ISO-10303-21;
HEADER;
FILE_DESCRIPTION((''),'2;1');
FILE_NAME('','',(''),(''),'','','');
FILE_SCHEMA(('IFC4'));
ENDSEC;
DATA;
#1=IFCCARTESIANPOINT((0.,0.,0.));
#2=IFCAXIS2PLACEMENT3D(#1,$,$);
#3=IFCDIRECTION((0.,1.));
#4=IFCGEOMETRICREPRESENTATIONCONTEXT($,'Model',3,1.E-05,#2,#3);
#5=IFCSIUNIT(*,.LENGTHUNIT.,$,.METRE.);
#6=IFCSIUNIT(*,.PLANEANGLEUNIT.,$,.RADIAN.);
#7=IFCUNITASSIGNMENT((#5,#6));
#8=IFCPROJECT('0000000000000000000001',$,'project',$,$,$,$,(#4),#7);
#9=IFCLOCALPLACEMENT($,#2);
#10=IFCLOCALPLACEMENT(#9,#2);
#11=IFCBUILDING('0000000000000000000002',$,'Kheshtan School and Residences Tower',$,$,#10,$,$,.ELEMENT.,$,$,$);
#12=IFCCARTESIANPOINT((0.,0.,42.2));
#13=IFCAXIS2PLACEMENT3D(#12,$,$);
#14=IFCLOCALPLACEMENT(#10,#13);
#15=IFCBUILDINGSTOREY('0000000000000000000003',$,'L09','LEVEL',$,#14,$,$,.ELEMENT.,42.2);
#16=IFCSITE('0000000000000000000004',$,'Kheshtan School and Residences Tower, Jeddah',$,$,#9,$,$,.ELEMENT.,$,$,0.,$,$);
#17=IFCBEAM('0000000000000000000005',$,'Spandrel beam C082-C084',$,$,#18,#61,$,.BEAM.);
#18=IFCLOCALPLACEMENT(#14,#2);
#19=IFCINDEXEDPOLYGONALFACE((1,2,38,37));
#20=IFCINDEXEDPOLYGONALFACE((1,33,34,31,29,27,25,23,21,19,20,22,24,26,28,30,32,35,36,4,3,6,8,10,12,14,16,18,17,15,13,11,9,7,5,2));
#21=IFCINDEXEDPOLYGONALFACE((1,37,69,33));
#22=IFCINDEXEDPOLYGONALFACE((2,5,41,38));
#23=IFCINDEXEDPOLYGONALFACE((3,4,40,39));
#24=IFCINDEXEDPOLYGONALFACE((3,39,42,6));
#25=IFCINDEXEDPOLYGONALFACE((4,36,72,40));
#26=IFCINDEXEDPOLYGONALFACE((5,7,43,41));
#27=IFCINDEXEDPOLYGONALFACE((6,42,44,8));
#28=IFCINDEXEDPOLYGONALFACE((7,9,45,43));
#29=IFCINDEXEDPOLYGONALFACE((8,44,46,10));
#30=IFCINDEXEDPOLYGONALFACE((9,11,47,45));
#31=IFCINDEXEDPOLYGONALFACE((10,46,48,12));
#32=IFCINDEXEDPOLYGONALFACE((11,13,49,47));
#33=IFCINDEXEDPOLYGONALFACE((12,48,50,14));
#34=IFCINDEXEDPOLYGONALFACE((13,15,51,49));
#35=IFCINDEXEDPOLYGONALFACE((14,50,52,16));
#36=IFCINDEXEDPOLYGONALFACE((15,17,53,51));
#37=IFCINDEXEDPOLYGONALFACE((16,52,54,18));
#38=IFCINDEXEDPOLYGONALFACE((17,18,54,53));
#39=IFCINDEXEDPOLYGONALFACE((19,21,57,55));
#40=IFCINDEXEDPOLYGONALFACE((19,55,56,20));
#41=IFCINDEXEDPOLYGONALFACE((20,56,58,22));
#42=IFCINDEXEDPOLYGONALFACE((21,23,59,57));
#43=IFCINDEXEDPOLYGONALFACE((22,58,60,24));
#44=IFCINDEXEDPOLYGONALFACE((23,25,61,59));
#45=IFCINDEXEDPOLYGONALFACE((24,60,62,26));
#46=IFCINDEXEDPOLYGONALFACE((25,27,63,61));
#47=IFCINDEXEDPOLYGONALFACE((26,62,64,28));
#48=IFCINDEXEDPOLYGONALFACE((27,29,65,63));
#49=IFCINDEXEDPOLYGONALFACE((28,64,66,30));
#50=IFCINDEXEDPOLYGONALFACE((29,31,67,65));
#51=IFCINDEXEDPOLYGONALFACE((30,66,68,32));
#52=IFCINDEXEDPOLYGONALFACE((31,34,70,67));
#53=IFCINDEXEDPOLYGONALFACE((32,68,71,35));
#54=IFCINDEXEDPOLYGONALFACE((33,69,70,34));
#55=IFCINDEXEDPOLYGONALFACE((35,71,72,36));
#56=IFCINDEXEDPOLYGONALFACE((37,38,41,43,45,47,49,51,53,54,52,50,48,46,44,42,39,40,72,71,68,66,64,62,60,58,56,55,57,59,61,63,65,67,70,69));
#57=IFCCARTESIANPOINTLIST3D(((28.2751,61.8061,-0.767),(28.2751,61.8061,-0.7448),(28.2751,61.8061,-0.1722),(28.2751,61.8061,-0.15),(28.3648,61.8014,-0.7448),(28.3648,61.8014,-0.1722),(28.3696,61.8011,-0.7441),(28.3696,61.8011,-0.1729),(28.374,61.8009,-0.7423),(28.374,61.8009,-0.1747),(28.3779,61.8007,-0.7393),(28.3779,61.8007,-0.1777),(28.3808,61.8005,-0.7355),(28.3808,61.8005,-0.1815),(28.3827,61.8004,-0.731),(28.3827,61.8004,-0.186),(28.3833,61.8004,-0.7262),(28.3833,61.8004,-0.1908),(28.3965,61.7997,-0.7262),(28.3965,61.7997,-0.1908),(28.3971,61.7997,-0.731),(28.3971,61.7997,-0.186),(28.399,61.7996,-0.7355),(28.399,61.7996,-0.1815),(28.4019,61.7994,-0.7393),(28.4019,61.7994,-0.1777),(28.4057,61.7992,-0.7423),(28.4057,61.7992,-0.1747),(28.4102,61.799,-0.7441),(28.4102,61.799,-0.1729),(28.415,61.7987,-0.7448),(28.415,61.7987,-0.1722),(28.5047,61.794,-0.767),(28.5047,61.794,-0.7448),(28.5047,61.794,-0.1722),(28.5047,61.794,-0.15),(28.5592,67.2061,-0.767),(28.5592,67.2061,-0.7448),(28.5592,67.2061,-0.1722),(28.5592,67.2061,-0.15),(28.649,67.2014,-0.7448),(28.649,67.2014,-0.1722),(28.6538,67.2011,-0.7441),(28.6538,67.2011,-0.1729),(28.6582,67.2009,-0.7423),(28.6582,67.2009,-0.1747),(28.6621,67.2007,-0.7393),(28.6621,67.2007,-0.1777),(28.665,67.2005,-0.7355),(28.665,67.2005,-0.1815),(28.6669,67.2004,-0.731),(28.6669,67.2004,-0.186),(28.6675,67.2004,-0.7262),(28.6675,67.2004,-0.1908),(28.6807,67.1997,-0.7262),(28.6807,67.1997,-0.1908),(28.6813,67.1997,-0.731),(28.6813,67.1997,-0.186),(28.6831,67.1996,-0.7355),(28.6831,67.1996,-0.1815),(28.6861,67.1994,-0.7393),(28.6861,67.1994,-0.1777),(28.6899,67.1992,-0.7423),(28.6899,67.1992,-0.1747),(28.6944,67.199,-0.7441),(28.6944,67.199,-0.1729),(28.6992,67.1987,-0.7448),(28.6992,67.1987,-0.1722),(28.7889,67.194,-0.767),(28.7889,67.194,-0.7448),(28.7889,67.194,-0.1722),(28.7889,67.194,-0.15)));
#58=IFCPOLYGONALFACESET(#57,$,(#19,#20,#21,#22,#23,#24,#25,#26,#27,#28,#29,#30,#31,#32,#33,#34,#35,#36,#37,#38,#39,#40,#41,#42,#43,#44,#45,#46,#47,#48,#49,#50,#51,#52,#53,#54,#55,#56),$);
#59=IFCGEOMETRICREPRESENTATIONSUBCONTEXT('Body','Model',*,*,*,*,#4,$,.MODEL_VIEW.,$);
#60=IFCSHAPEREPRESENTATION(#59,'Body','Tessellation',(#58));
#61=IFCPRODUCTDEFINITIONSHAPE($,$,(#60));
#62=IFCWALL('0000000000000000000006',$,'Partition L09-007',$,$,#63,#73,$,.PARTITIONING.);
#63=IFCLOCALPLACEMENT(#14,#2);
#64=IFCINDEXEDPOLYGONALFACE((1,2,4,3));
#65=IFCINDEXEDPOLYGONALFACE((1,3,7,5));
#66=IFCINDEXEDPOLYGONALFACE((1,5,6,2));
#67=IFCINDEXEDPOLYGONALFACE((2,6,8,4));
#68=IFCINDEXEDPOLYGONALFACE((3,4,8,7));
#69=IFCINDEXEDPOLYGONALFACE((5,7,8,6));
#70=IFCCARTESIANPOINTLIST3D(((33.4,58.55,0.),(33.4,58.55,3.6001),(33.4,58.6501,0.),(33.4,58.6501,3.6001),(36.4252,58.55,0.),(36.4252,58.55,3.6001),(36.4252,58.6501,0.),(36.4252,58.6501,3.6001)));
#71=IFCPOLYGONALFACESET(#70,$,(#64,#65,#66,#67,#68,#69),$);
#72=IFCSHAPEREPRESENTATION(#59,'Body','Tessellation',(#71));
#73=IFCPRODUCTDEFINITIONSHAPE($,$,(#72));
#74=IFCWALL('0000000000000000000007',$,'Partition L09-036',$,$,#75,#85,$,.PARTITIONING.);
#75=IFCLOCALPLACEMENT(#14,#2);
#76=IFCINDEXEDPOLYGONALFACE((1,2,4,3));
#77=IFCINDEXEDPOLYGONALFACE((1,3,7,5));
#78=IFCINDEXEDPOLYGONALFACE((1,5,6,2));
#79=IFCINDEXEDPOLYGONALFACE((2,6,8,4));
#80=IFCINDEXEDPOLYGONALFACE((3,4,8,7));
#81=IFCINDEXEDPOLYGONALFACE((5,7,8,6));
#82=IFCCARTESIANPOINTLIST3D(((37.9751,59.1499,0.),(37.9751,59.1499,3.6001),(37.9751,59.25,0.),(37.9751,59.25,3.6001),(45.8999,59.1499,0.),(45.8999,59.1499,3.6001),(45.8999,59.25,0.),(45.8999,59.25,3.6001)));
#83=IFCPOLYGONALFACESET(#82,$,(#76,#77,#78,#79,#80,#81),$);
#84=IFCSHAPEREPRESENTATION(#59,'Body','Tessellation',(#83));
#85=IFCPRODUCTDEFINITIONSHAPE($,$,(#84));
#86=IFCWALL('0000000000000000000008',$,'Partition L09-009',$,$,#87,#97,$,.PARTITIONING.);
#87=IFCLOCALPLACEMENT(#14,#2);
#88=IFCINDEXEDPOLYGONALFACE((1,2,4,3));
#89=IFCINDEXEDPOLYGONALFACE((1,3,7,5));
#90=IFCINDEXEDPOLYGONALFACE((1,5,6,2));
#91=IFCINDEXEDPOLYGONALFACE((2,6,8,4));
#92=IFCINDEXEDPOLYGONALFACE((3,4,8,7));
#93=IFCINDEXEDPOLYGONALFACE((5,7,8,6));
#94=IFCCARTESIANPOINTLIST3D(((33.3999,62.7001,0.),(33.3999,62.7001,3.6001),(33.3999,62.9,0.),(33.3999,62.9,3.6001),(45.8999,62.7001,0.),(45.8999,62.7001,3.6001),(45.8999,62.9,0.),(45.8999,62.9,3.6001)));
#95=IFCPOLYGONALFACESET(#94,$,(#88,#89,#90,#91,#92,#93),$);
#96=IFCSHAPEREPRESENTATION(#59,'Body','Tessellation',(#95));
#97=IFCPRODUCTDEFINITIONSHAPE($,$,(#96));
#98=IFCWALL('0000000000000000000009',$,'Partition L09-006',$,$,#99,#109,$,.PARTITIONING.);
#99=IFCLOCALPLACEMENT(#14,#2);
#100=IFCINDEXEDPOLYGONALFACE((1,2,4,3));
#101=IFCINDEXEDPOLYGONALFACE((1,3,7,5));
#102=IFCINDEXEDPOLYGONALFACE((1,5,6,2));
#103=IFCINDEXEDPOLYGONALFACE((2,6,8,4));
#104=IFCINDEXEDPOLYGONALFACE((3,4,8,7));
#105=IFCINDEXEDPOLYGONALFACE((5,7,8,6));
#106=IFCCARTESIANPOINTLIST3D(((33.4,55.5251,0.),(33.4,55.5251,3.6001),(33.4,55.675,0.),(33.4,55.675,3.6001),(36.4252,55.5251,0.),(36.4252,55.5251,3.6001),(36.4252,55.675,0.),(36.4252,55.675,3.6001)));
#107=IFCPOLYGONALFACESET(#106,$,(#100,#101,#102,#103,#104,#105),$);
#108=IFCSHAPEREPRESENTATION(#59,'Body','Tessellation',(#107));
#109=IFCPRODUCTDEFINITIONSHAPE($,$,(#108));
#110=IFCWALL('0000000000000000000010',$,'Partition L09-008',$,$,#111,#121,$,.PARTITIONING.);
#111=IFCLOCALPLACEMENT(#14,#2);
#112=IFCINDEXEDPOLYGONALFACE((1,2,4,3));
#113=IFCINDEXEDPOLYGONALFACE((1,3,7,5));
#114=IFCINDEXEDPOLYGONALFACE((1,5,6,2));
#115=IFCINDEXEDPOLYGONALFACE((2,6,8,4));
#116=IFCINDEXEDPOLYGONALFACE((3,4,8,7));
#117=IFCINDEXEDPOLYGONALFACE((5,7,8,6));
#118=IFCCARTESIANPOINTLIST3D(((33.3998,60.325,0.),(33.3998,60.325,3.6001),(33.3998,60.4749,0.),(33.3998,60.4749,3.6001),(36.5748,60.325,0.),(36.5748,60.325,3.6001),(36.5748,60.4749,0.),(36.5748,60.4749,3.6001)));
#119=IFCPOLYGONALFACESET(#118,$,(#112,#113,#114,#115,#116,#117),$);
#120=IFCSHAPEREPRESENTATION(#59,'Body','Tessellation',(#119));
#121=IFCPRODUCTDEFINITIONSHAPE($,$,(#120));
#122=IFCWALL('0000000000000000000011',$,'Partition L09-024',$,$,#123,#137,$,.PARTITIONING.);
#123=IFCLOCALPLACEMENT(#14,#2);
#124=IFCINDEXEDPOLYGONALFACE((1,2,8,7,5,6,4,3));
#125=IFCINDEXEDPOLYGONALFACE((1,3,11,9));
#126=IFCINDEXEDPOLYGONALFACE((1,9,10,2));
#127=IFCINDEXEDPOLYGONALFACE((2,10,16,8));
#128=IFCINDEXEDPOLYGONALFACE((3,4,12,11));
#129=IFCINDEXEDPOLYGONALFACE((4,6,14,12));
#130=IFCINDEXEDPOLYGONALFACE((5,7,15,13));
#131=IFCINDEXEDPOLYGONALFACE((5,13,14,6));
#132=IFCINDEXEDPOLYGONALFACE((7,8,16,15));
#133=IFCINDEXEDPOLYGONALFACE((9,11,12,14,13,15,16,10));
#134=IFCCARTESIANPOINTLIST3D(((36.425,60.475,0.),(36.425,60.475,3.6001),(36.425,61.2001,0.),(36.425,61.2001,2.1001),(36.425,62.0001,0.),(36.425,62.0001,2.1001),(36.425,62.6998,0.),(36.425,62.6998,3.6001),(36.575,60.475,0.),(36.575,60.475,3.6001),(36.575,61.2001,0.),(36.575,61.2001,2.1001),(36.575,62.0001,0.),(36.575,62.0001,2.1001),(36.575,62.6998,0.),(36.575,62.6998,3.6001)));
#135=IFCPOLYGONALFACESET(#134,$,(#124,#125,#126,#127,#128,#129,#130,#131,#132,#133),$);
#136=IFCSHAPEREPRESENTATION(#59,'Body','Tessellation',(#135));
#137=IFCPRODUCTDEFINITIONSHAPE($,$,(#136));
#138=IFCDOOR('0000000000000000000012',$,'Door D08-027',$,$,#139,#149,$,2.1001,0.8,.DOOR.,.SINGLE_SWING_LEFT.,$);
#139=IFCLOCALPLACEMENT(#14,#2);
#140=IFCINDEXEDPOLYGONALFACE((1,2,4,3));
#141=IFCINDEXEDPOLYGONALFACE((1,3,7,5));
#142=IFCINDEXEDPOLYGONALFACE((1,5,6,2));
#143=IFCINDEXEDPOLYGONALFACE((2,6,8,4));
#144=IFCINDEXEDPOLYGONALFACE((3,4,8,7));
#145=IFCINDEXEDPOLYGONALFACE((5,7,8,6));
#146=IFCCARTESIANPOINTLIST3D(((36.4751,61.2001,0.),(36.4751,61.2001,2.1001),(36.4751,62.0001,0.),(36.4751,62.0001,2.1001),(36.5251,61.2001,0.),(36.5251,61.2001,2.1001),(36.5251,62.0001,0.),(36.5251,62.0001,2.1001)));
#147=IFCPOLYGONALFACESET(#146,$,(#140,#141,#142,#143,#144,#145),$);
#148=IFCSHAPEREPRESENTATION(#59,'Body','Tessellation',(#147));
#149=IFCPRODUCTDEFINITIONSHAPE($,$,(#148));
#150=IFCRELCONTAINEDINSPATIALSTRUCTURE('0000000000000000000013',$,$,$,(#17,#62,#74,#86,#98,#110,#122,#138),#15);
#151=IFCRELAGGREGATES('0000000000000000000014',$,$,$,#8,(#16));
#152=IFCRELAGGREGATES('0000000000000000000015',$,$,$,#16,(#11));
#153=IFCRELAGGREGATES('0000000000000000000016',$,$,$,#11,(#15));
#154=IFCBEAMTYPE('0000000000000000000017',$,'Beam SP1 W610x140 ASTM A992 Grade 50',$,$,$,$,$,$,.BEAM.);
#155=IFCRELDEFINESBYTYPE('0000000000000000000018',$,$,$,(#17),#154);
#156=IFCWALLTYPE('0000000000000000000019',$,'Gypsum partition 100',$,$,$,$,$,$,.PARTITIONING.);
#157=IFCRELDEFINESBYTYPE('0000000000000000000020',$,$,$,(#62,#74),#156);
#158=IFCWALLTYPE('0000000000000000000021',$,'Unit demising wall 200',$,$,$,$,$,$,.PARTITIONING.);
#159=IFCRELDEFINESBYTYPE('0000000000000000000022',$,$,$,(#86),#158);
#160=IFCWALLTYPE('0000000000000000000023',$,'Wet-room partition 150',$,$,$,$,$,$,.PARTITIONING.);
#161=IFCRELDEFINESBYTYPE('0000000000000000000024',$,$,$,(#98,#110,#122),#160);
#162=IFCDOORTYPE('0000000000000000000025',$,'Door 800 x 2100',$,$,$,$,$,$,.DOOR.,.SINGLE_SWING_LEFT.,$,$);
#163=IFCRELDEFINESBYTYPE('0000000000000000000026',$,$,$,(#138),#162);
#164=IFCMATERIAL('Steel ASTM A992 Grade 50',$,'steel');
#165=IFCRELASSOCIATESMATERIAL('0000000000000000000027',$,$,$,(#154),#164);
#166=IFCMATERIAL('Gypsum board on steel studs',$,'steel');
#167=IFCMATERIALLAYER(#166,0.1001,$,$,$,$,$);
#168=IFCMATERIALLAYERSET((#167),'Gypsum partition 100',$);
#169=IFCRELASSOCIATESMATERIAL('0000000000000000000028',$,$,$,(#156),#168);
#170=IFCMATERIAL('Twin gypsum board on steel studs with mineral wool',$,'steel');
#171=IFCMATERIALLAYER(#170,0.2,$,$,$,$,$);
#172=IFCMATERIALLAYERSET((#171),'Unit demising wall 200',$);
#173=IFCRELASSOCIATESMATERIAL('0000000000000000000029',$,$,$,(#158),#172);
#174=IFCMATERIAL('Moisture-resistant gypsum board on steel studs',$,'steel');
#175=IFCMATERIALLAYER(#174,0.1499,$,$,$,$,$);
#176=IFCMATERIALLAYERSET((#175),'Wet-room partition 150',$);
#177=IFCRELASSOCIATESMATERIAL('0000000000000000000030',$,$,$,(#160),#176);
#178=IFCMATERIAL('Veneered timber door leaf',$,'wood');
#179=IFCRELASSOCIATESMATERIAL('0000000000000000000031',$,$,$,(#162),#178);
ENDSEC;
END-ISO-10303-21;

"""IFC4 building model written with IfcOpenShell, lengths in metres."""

from ifc_helpers import new_model, si_unit, direction, frame, frame_2d, origin, origin_2d, place, context, subcontext, project, spatial, rectangle, i_section, extrude, source, transform, mapped, material, layer, layer_set, material_profile, profile_set, type_object, element, fill, save


model = new_model("IFC4")

# Units and contexts
model_context = context("Model", 3, precision=1e-05, world=origin(), true_north=direction((0.0, 1.0)))
body_context = subcontext(model_context, "Body", "Model", "MODEL_VIEW")
ifc_project = project(units=[si_unit("LENGTHUNIT", "METRE"), si_unit("PLANEANGLEUNIT", "RADIAN")], contexts=[model_context])

# Site, building, storey
site_placement = place(None, origin())
site = spatial("IfcSite", under=ifc_project, at=site_placement, Name="Kheshtan School and Residences Tower, Jeddah", CompositionType="ELEMENT", RefElevation=0.0)
building_placement = place(site_placement, origin())
building = spatial("IfcBuilding", under=site, at=building_placement, Name="Kheshtan School and Residences Tower", CompositionType="ELEMENT")
storey_placement = place(building_placement, frame((0.0, 0.0, 42.2)))
storey = spatial("IfcBuildingStorey", under=building, at=storey_placement, Name="L09", Description="LEVEL", CompositionType="ELEMENT", Elevation=42.2)

# Shared definitions
ifc_material_1 = material(Name="Steel ASTM A992 Grade 50", Category="steel")

# Beam
ifc_material_profile_1 = material_profile(ifc_material_1, i_section(OverallWidth=0.23, OverallDepth=0.6169, WebThickness=0.0132, FlangeThickness=0.0222, FilletRadius=0.0186, at=origin_2d()), Name="W610x140")
ifc_profile_set_1 = profile_set([ifc_material_profile_1], Name="Steel ASTM A992 Grade 50")
beam_type_1 = type_object("IfcBeamType", Name="Beam SP1 W610x140 ASTM A992 Grade 50", PredefinedType="BEAM", material=ifc_profile_set_1)
beam_1_placement = place(storey_placement, frame((28.3899, 61.8, -0.4585), z_axis=(0.052554, 0.998618, 0.0), x_axis=(-0.998618, 0.052554, 0.0)))
element("IfcBeam", 1, at=beam_1_placement, inside=storey, type_object=beam_type_1, Name="Spandrel beam C082-C084", PredefinedType="BEAM", context=body_context, shape_type="SweptSolid", body=[
    extrude(i_section(OverallWidth=0.23, OverallDepth=0.6169, WebThickness=0.0132, FlangeThickness=0.0222, FilletRadius=0.0186, at=origin_2d()), origin(), (0.0, 0.0, 1.0), 5.4075),
])

# Walls
ifc_material_2 = material(Name="Gypsum board on steel studs", Category="steel")
ifc_layer_1 = layer(ifc_material_2, 0.1001)
ifc_layer_set_1 = layer_set([ifc_layer_1], Name="Gypsum partition 100")
wall_type_1 = type_object("IfcWallType", Name="Gypsum partition 100", PredefinedType="PARTITIONING", material=ifc_layer_set_1)
wall_1_placement = place(storey_placement, frame((33.3999, 58.6001, 0.0), z_axis=(0.0, 0.0, 1.0), x_axis=(1.0, 0.0, 0.0)))
element("IfcWall", 2, at=wall_1_placement, inside=storey, type_object=wall_type_1, Name="Partition L09-007", PredefinedType="PARTITIONING", context=body_context, shape_type="SweptSolid", body=[
    extrude(rectangle(XDim=3.0251, YDim=0.1001, at=frame_2d((1.5127, 0.0))), origin(), (0.0, 0.0, 1.0), 3.6001),
])
wall_2_placement = place(storey_placement, frame((37.9751, 59.2, 0.0), z_axis=(0.0, 0.0, 1.0), x_axis=(1.0, 0.0, 0.0)))
element("IfcWall", 3, at=wall_2_placement, inside=storey, type_object=wall_type_1, Name="Partition L09-036", PredefinedType="PARTITIONING", context=body_context, shape_type="SweptSolid", body=[
    extrude(rectangle(XDim=7.9248, YDim=0.1001, at=frame_2d((3.9624, 0.0))), origin(), (0.0, 0.0, 1.0), 3.6001),
])
ifc_material_3 = material(Name="Twin gypsum board on steel studs with mineral wool", Category="steel")
ifc_layer_2 = layer(ifc_material_3, 0.2)
ifc_layer_set_2 = layer_set([ifc_layer_2], Name="Unit demising wall 200")
wall_type_2 = type_object("IfcWallType", Name="Unit demising wall 200", PredefinedType="PARTITIONING", material=ifc_layer_set_2)
wall_3_placement = place(storey_placement, frame((33.3999, 62.8, 0.0), z_axis=(0.0, 0.0, 1.0), x_axis=(1.0, 0.0, 0.0)))
element("IfcWall", 4, at=wall_3_placement, inside=storey, type_object=wall_type_2, Name="Partition L09-009", PredefinedType="PARTITIONING", context=body_context, shape_type="SweptSolid", body=[
    extrude(rectangle(XDim=12.5, YDim=0.2, at=frame_2d((6.25, 0.0))), origin(), (0.0, 0.0, 1.0), 3.6001),
])
ifc_material_4 = material(Name="Moisture-resistant gypsum board on steel studs", Category="steel")
ifc_layer_3 = layer(ifc_material_4, 0.1499)
ifc_layer_set_3 = layer_set([ifc_layer_3], Name="Wet-room partition 150")
wall_type_3 = type_object("IfcWallType", Name="Wet-room partition 150", PredefinedType="PARTITIONING", material=ifc_layer_set_3)
wall_4_placement = place(storey_placement, frame((33.3999, 55.6001, 0.0), z_axis=(0.0, 0.0, 1.0), x_axis=(1.0, 0.0, 0.0)))
element("IfcWall", 5, at=wall_4_placement, inside=storey, type_object=wall_type_3, Name="Partition L09-006", PredefinedType="PARTITIONING", context=body_context, shape_type="SweptSolid", body=[
    extrude(rectangle(XDim=3.0251, YDim=0.1499, at=frame_2d((1.5127, 0.0))), origin(), (0.0, 0.0, 1.0), 3.6001),
])
wall_5_placement = place(storey_placement, frame((33.3999, 60.3999, 0.0), z_axis=(0.0, 0.0, 1.0), x_axis=(1.0, 0.0, 0.0)))
element("IfcWall", 6, at=wall_5_placement, inside=storey, type_object=wall_type_3, Name="Partition L09-008", PredefinedType="PARTITIONING", context=body_context, shape_type="SweptSolid", body=[
    extrude(rectangle(XDim=3.175, YDim=0.1499, at=frame_2d((1.5874, 0.0))), origin(), (0.0, 0.0, 1.0), 3.6001),
])

# Wall, opening, door
wall_6_placement = place(storey_placement, frame((36.5, 60.4751, 0.0), z_axis=(0.0, 0.0, 1.0), x_axis=(0.0, 1.0, 0.0)))
wall_6 = element("IfcWall", 7, at=wall_6_placement, inside=storey, type_object=wall_type_3, Name="Partition L09-024", PredefinedType="PARTITIONING", context=body_context, shape_type="SweptSolid", body=[
    extrude(rectangle(XDim=2.2249, YDim=0.1499, at=frame_2d((1.1123, 0.0))), origin(), (0.0, 0.0, 1.0), 3.6001),
])
opening_1_placement = place(wall_6_placement, frame((0.7251, 0.0, 0.0)))
opening_1 = element("IfcOpeningElement", 8, at=opening_1_placement, cuts=wall_6, PredefinedType="OPENING", context=body_context, shape_type="SweptSolid", body=[
    extrude(rectangle(XDim=0.8, YDim=2.1001, at=frame_2d((0.3999, 1.05))), frame((0.0, 0.085, 0.0), z_axis=(0.0, -1.0, 0.0), x_axis=(1.0, 0.0, 0.0)), (0.0, 0.0, 1.0), 0.1699),
])
ifc_material_5 = material(Name="Veneered timber door leaf", Category="wood")
door_type_1 = type_object("IfcDoorType", Name="Door 800 x 2100", OperationType="SINGLE_SWING_LEFT", PredefinedType="DOOR", material=ifc_material_5)
shared_shape_1 = source(origin(), body_context, "Body", "SweptSolid", [
    extrude(rectangle(XDim=0.8, YDim=2.1001, at=frame_2d((0.3999, 1.05))), frame((0.0, 0.0249, 0.0), z_axis=(0.0, -1.0, 0.0), x_axis=(1.0, 0.0, 0.0)), (0.0, 0.0, 1.0), 0.05),
])
door_1_placement = place(opening_1_placement, origin())
door_1 = element("IfcDoor", 9, at=door_1_placement, inside=storey, type_object=door_type_1, Name="Door D08-027", OperationType="SINGLE_SWING_LEFT", OverallHeight=2.1001, OverallWidth=0.8, PredefinedType="DOOR", context=body_context, shape_type="MappedRepresentation", body=[
    mapped(shared_shape_1, transform((0.0, 0.0, 0.0), x_axis=(1.0, 0.0, 0.0), y_axis=(0.0, 1.0, 0.0), z_axis=(0.0, 0.0, 1.0), scale=1.0)),
])
fill(opening_1, door_1)

save(model, "model.ifc")
